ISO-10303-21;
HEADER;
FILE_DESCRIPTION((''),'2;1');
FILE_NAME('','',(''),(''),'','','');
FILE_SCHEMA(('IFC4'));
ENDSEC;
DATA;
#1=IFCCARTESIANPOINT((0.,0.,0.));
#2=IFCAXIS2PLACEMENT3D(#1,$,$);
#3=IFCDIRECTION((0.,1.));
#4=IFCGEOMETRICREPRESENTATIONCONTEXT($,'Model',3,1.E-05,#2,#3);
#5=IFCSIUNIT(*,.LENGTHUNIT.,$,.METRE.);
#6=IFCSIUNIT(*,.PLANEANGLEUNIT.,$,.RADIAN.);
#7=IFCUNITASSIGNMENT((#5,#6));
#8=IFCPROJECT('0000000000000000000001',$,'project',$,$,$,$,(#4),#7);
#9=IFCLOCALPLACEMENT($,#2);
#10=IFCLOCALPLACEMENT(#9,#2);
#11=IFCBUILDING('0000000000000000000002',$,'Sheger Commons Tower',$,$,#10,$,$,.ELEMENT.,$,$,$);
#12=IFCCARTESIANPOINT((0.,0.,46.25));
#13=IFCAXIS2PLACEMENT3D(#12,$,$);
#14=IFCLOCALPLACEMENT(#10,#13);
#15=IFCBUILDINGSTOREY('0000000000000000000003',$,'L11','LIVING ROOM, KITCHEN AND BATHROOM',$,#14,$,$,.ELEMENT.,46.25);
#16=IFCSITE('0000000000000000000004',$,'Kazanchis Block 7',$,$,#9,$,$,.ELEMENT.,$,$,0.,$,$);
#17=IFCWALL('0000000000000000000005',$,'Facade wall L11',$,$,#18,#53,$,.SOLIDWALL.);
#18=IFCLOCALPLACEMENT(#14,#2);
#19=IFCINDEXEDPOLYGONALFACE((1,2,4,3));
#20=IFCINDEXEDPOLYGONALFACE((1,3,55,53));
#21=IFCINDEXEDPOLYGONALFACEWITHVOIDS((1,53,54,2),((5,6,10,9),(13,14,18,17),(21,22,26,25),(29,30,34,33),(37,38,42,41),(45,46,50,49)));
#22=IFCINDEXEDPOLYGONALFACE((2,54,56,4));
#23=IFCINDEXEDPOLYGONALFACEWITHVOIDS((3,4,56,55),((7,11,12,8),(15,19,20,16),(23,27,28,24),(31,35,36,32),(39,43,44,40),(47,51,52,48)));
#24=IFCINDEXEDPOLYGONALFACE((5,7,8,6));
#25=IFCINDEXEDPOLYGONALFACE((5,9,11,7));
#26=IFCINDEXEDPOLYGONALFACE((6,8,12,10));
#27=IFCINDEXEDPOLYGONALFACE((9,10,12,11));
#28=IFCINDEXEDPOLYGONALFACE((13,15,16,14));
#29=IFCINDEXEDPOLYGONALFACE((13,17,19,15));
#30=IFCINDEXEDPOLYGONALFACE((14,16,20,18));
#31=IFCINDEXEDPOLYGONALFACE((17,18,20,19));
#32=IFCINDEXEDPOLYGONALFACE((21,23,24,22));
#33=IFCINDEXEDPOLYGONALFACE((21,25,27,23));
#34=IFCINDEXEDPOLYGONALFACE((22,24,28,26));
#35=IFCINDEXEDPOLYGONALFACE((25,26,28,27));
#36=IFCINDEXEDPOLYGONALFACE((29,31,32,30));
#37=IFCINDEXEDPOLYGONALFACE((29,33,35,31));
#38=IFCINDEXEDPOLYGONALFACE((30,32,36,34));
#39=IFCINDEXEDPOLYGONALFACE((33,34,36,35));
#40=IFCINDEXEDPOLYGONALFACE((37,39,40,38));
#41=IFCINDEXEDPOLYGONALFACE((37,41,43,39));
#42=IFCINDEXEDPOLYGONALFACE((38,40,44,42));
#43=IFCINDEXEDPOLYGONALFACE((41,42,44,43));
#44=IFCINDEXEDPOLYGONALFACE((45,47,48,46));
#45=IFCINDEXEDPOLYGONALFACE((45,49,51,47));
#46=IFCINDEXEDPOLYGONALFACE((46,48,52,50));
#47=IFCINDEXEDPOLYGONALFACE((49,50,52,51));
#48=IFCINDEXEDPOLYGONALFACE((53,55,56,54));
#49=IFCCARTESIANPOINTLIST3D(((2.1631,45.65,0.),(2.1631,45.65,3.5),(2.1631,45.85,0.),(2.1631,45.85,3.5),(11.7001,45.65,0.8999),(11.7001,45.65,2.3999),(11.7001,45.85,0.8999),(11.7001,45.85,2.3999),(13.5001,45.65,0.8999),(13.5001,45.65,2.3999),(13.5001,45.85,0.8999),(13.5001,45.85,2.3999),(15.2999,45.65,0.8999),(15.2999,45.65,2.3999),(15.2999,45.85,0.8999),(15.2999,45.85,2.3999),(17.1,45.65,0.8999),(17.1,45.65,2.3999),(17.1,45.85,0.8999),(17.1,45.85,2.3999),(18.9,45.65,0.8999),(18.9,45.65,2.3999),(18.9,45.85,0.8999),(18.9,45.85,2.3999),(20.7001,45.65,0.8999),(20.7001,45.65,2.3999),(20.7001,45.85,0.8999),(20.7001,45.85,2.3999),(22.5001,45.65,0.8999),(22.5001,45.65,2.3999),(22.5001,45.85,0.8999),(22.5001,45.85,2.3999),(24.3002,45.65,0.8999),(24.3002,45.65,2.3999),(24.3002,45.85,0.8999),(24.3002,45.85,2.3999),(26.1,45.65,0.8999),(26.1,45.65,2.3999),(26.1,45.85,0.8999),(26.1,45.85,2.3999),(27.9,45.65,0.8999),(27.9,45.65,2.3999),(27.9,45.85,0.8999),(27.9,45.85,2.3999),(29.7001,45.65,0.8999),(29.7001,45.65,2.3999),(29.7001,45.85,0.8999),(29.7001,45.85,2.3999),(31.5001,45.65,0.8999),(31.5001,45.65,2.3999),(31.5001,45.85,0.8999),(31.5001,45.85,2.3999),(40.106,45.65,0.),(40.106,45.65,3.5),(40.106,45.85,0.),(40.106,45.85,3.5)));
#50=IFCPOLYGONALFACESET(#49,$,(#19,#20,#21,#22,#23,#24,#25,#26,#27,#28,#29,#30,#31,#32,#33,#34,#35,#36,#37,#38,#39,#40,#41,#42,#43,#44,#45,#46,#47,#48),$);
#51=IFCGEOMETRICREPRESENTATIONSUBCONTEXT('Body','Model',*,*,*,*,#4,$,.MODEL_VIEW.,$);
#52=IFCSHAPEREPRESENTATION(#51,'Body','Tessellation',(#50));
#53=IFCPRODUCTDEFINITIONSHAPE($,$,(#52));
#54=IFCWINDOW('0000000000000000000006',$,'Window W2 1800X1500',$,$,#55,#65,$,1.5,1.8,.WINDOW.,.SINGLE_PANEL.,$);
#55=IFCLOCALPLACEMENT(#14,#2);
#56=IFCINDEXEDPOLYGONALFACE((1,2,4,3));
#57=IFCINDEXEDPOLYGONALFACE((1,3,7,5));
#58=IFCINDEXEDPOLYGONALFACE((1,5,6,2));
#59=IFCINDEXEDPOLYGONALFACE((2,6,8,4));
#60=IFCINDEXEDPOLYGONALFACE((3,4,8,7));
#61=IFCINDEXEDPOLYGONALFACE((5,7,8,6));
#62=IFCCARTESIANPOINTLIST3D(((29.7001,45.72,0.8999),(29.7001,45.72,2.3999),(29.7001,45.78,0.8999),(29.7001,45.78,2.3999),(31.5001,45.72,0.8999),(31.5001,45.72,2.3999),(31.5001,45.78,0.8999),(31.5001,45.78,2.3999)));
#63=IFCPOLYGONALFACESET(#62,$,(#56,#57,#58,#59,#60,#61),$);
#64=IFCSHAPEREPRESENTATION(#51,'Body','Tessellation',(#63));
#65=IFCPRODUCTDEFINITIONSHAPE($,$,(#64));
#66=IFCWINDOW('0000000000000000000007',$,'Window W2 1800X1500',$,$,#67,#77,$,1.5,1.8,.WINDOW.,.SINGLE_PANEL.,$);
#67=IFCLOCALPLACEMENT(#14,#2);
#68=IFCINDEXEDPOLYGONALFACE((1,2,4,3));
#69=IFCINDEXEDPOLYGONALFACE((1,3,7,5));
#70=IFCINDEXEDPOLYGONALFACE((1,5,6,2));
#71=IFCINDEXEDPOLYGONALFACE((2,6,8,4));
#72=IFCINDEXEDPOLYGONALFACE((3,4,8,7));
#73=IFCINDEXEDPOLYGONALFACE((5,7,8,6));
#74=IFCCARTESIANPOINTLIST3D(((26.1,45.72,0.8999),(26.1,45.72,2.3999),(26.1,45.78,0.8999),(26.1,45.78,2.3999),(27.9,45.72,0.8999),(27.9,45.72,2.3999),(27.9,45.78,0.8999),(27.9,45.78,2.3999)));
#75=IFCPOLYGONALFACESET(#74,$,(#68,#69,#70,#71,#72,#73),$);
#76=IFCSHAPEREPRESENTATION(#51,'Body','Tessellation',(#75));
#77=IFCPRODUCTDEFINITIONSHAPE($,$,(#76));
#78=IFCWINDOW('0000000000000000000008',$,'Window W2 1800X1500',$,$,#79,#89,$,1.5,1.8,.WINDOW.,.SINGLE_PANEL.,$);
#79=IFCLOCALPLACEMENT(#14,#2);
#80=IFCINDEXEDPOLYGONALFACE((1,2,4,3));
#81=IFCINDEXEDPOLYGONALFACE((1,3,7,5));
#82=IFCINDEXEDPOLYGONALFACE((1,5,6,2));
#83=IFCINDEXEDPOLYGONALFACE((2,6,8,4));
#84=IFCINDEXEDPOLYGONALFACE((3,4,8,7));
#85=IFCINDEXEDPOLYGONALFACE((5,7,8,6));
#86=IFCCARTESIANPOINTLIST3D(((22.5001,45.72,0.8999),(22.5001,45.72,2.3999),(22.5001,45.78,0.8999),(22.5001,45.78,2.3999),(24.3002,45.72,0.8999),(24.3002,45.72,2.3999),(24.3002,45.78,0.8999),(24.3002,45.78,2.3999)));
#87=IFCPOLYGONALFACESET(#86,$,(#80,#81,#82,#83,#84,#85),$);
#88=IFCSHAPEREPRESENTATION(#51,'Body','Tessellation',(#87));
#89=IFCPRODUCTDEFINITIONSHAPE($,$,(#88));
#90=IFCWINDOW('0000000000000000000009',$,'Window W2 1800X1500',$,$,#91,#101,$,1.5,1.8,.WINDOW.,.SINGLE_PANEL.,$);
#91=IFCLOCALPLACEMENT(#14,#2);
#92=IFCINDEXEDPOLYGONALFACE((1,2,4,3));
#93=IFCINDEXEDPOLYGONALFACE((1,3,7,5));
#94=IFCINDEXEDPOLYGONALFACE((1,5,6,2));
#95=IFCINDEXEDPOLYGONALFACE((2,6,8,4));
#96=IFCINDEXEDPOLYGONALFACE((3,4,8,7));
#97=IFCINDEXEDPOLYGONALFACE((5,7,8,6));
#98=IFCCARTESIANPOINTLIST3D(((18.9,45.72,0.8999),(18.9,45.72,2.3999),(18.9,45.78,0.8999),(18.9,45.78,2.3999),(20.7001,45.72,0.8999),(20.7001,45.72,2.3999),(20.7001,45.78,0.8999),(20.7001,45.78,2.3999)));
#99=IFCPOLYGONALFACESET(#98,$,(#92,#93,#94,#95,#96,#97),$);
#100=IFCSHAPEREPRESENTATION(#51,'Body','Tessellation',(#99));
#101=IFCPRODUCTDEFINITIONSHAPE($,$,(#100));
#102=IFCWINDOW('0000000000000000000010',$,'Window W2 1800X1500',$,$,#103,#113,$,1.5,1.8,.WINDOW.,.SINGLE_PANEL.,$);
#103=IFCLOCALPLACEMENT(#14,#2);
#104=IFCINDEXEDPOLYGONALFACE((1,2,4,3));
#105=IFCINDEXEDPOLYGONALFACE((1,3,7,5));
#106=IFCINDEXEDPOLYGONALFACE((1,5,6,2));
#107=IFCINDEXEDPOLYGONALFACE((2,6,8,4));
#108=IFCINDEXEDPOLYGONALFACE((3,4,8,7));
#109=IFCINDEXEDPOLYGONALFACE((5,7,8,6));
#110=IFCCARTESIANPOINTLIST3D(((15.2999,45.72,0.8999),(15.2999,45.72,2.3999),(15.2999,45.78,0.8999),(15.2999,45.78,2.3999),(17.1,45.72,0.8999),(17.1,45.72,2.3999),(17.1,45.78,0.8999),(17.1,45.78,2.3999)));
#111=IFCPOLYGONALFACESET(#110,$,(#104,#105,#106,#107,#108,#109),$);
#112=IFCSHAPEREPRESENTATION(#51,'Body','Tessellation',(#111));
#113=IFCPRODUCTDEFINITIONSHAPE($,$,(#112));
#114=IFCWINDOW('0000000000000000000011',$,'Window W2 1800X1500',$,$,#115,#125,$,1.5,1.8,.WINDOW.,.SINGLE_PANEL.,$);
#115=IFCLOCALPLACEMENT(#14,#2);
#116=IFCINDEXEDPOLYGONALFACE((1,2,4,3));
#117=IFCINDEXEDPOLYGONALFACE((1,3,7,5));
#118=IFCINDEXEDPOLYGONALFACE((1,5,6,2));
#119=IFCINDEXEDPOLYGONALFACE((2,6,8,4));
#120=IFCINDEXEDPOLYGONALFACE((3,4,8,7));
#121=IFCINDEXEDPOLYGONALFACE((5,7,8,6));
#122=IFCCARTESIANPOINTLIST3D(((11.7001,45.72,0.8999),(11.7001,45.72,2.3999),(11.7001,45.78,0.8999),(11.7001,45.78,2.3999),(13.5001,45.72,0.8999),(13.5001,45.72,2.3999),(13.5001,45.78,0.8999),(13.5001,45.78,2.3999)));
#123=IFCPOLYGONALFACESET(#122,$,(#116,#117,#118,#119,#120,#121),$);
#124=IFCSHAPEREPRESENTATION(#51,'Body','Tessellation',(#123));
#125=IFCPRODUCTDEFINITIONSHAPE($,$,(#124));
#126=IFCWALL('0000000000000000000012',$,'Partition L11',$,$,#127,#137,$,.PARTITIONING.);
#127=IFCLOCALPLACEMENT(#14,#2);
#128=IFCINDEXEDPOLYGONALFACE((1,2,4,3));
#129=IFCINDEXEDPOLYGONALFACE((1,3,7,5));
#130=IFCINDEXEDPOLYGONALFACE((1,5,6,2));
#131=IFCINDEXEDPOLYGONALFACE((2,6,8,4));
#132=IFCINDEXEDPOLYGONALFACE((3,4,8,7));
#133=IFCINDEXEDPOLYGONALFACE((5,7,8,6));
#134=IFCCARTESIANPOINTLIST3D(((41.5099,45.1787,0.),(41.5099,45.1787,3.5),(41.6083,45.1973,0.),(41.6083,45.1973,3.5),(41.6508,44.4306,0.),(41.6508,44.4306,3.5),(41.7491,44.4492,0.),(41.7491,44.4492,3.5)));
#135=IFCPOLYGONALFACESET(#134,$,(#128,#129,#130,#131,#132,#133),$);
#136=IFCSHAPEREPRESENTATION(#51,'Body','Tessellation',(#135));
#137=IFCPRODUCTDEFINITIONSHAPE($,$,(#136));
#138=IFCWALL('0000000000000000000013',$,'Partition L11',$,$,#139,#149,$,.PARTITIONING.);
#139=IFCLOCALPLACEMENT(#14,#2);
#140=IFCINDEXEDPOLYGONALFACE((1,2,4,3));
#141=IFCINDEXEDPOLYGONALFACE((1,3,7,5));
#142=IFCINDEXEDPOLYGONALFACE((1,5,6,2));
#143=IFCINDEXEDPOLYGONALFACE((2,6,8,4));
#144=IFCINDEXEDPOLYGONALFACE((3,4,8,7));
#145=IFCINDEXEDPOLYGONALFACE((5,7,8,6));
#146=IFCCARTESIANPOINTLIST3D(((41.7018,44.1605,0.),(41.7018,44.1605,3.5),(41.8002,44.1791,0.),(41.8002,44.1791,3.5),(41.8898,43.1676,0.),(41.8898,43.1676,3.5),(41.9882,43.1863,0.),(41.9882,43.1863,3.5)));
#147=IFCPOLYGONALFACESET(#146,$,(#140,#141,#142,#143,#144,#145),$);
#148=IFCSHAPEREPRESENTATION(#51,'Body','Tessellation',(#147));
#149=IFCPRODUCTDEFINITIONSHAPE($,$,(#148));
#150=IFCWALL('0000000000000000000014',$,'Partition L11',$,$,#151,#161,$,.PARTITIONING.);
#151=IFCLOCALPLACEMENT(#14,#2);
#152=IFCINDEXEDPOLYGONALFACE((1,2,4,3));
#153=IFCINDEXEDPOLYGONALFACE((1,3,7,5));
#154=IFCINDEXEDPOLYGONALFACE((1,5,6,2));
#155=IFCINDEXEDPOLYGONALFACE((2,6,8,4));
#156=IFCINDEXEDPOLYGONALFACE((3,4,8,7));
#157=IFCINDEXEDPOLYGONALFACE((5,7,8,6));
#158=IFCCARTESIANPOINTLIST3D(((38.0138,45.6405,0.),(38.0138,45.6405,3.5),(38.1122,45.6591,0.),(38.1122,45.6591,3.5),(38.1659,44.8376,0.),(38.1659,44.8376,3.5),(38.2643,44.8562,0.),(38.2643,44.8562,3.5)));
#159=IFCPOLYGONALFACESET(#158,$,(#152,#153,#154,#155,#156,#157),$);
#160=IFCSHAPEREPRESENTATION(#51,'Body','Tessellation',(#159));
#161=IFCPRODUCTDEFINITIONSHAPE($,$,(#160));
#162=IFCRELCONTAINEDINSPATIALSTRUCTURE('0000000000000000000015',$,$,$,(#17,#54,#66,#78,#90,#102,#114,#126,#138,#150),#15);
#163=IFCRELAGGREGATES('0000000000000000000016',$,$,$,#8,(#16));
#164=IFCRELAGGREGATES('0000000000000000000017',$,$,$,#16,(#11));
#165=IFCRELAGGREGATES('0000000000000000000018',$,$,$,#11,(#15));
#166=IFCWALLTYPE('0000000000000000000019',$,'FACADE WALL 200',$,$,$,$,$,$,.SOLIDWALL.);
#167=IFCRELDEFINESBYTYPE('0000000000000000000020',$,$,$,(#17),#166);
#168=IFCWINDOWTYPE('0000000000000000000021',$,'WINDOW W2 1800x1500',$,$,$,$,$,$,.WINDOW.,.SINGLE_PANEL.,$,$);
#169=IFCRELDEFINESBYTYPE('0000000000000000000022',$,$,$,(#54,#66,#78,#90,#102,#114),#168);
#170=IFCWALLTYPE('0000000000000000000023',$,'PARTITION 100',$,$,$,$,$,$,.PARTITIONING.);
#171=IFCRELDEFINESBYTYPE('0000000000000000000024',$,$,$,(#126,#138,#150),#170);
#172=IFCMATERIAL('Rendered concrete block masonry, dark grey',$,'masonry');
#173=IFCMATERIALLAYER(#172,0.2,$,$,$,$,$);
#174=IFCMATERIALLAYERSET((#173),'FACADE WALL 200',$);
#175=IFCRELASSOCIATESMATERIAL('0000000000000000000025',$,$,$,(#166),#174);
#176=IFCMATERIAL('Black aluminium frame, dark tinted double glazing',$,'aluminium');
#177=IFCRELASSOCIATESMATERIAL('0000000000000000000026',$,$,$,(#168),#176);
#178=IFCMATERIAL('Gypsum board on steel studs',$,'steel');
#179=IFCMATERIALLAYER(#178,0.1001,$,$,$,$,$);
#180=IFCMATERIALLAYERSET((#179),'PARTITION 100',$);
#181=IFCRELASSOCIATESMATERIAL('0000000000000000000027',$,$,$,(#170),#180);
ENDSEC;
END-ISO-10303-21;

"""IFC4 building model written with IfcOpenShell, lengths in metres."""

from ifc_helpers import new_model, si_unit, direction, frame, frame_2d, origin, place, context, subcontext, project, spatial, rectangle, extrude, material, layer, layer_set, type_object, element, fill, save


model = new_model("IFC4")

# Units and contexts
model_context = context("Model", 3, precision=1e-05, world=origin(), true_north=direction((0.0, 1.0)))
body_context = subcontext(model_context, "Body", "Model", "MODEL_VIEW")
ifc_project = project(units=[si_unit("LENGTHUNIT", "METRE"), si_unit("PLANEANGLEUNIT", "RADIAN")], contexts=[model_context])

# Site, building, storey
site_placement = place(None, origin())
site = spatial("IfcSite", under=ifc_project, at=site_placement, Name="Kazanchis Block 7", CompositionType="ELEMENT", RefElevation=0.0)
building_placement = place(site_placement, origin())
building = spatial("IfcBuilding", under=site, at=building_placement, Name="Sheger Commons Tower", CompositionType="ELEMENT")
storey_placement = place(building_placement, frame((0.0, 0.0, 46.25)))
storey = spatial("IfcBuildingStorey", under=building, at=storey_placement, Name="L11", Description="LIVING ROOM, KITCHEN AND BATHROOM", CompositionType="ELEMENT", Elevation=46.25)

# Shared definitions
ifc_material_1 = material(Name="Rendered concrete block masonry, dark grey", Category="masonry")
ifc_layer_1 = layer(ifc_material_1, 0.2)
ifc_layer_set_1 = layer_set([ifc_layer_1], Name="FACADE WALL 200")
wall_type_1 = type_object("IfcWallType", Name="FACADE WALL 200", PredefinedType="SOLIDWALL", material=ifc_layer_set_1)

# Wall, openings, windows
wall_1_placement = place(storey_placement, frame((40.106, 45.75, 0.0), z_axis=(0.0, 0.0, 1.0), x_axis=(-1.0, 0.0, 0.0)))
wall_1 = element("IfcWall", 1, at=wall_1_placement, inside=storey, type_object=wall_type_1, Name="Facade wall L11", PredefinedType="SOLIDWALL", context=body_context, shape_type="SweptSolid", body=[
    extrude(rectangle(XDim=37.9429, YDim=0.2, at=frame_2d((18.9714, 0.0))), origin(), (0.0, 0.0, 1.0), 3.5),
])
opening_1_placement = place(wall_1_placement, frame((8.606, 0.0, 0.8999)))
opening_1 = element("IfcOpeningElement", 2, at=opening_1_placement, cuts=wall_1, PredefinedType="OPENING", context=body_context, shape_type="SweptSolid", body=[
    extrude(rectangle(XDim=1.8, YDim=1.5, at=frame_2d((0.8999, 0.75))), frame((0.0, 0.1099, 0.0), z_axis=(0.0, -1.0, 0.0), x_axis=(1.0, 0.0, 0.0)), (0.0, 0.0, 1.0), 0.22),
])
opening_2_placement = place(wall_1_placement, frame((12.2061, 0.0, 0.8999)))
opening_2 = element("IfcOpeningElement", 3, at=opening_2_placement, cuts=wall_1, PredefinedType="OPENING", context=body_context, shape_type="SweptSolid", body=[
    extrude(rectangle(XDim=1.8, YDim=1.5, at=frame_2d((0.8999, 0.75))), frame((0.0, 0.1099, 0.0), z_axis=(0.0, -1.0, 0.0), x_axis=(1.0, 0.0, 0.0)), (0.0, 0.0, 1.0), 0.22),
])
opening_3_placement = place(wall_1_placement, frame((15.8059, 0.0, 0.8999)))
opening_3 = element("IfcOpeningElement", 4, at=opening_3_placement, cuts=wall_1, PredefinedType="OPENING", context=body_context, shape_type="SweptSolid", body=[
    extrude(rectangle(XDim=1.8, YDim=1.5, at=frame_2d((0.8999, 0.75))), frame((0.0, 0.1099, 0.0), z_axis=(0.0, -1.0, 0.0), x_axis=(1.0, 0.0, 0.0)), (0.0, 0.0, 1.0), 0.22),
])
opening_4_placement = place(wall_1_placement, frame((19.406, 0.0, 0.8999)))
opening_4 = element("IfcOpeningElement", 5, at=opening_4_placement, cuts=wall_1, PredefinedType="OPENING", context=body_context, shape_type="SweptSolid", body=[
    extrude(rectangle(XDim=1.8, YDim=1.5, at=frame_2d((0.8999, 0.75))), frame((0.0, 0.1099, 0.0), z_axis=(0.0, -1.0, 0.0), x_axis=(1.0, 0.0, 0.0)), (0.0, 0.0, 1.0), 0.22),
])
opening_5_placement = place(wall_1_placement, frame((23.0061, 0.0, 0.8999)))
opening_5 = element("IfcOpeningElement", 6, at=opening_5_placement, cuts=wall_1, PredefinedType="OPENING", context=body_context, shape_type="SweptSolid", body=[
    extrude(rectangle(XDim=1.8, YDim=1.5, at=frame_2d((0.8999, 0.75))), frame((0.0, 0.1099, 0.0), z_axis=(0.0, -1.0, 0.0), x_axis=(1.0, 0.0, 0.0)), (0.0, 0.0, 1.0), 0.22),
])
opening_6_placement = place(wall_1_placement, frame((26.606, 0.0, 0.8999)))
opening_6 = element("IfcOpeningElement", 7, at=opening_6_placement, cuts=wall_1, PredefinedType="OPENING", context=body_context, shape_type="SweptSolid", body=[
    extrude(rectangle(XDim=1.8, YDim=1.5, at=frame_2d((0.8999, 0.75))), frame((0.0, 0.1099, 0.0), z_axis=(0.0, -1.0, 0.0), x_axis=(1.0, 0.0, 0.0)), (0.0, 0.0, 1.0), 0.22),
])
ifc_material_2 = material(Name="Black aluminium frame, dark tinted double glazing", Category="aluminium")
window_type = type_object("IfcWindowType", Name="WINDOW W2 1800x1500", PartitioningType="SINGLE_PANEL", PredefinedType="WINDOW", material=ifc_material_2)
window_1_placement = place(opening_1_placement, origin())
window_1 = element("IfcWindow", 8, at=window_1_placement, inside=storey, type_object=window_type, Name="Window W2 1800X1500", OverallHeight=1.5, OverallWidth=1.8, PartitioningType="SINGLE_PANEL", PredefinedType="WINDOW", context=body_context, shape_type="SweptSolid", body=[
    extrude(rectangle(XDim=1.8, YDim=1.5, at=frame_2d((0.8999, 0.75))), frame((0.0, 0.03, 0.0), z_axis=(0.0, -1.0, 0.0), x_axis=(1.0, 0.0, 0.0)), (0.0, 0.0, 1.0), 0.0601),
])
fill(opening_1, window_1)
window_2_placement = place(opening_2_placement, origin())
window_2 = element("IfcWindow", 9, at=window_2_placement, inside=storey, type_object=window_type, Name="Window W2 1800X1500", OverallHeight=1.5, OverallWidth=1.8, PartitioningType="SINGLE_PANEL", PredefinedType="WINDOW", context=body_context, shape_type="SweptSolid", body=[
    extrude(rectangle(XDim=1.8, YDim=1.5, at=frame_2d((0.8999, 0.75))), frame((0.0, 0.03, 0.0), z_axis=(0.0, -1.0, 0.0), x_axis=(1.0, 0.0, 0.0)), (0.0, 0.0, 1.0), 0.0601),
])
fill(opening_2, window_2)
window_3_placement = place(opening_3_placement, origin())
window_3 = element("IfcWindow", 10, at=window_3_placement, inside=storey, type_object=window_type, Name="Window W2 1800X1500", OverallHeight=1.5, OverallWidth=1.8, PartitioningType="SINGLE_PANEL", PredefinedType="WINDOW", context=body_context, shape_type="SweptSolid", body=[
    extrude(rectangle(XDim=1.8, YDim=1.5, at=frame_2d((0.8999, 0.75))), frame((0.0, 0.03, 0.0), z_axis=(0.0, -1.0, 0.0), x_axis=(1.0, 0.0, 0.0)), (0.0, 0.0, 1.0), 0.0601),
])
fill(opening_3, window_3)
window_4_placement = place(opening_4_placement, origin())
window_4 = element("IfcWindow", 11, at=window_4_placement, inside=storey, type_object=window_type, Name="Window W2 1800X1500", OverallHeight=1.5, OverallWidth=1.8, PartitioningType="SINGLE_PANEL", PredefinedType="WINDOW", context=body_context, shape_type="SweptSolid", body=[
    extrude(rectangle(XDim=1.8, YDim=1.5, at=frame_2d((0.8999, 0.75))), frame((0.0, 0.03, 0.0), z_axis=(0.0, -1.0, 0.0), x_axis=(1.0, 0.0, 0.0)), (0.0, 0.0, 1.0), 0.0601),
])
fill(opening_4, window_4)
window_5_placement = place(opening_5_placement, origin())
window_5 = element("IfcWindow", 12, at=window_5_placement, inside=storey, type_object=window_type, Name="Window W2 1800X1500", OverallHeight=1.5, OverallWidth=1.8, PartitioningType="SINGLE_PANEL", PredefinedType="WINDOW", context=body_context, shape_type="SweptSolid", body=[
    extrude(rectangle(XDim=1.8, YDim=1.5, at=frame_2d((0.8999, 0.75))), frame((0.0, 0.03, 0.0), z_axis=(0.0, -1.0, 0.0), x_axis=(1.0, 0.0, 0.0)), (0.0, 0.0, 1.0), 0.0601),
])
fill(opening_5, window_5)
window_6_placement = place(opening_6_placement, origin())
window_6 = element("IfcWindow", 13, at=window_6_placement, inside=storey, type_object=window_type, Name="Window W2 1800X1500", OverallHeight=1.5, OverallWidth=1.8, PartitioningType="SINGLE_PANEL", PredefinedType="WINDOW", context=body_context, shape_type="SweptSolid", body=[
    extrude(rectangle(XDim=1.8, YDim=1.5, at=frame_2d((0.8999, 0.75))), frame((0.0, 0.03, 0.0), z_axis=(0.0, -1.0, 0.0), x_axis=(1.0, 0.0, 0.0)), (0.0, 0.0, 1.0), 0.0601),
])
fill(opening_6, window_6)

# Walls
ifc_material_3 = material(Name="Gypsum board on steel studs", Category="steel")
ifc_layer_2 = layer(ifc_material_3, 0.1001)
ifc_layer_set_2 = layer_set([ifc_layer_2], Name="PARTITION 100")
wall_type_2 = type_object("IfcWallType", Name="PARTITION 100", PredefinedType="PARTITIONING", material=ifc_layer_set_2)
wall_2_placement = place(storey_placement, frame((41.5591, 45.188, 0.0), z_axis=(0.0, 0.0, 1.0), x_axis=(0.185063, -0.982727, 0.0)))
element("IfcWall", 14, at=wall_2_placement, inside=storey, type_object=wall_type_2, Name="Partition L11", PredefinedType="PARTITIONING", context=body_context, shape_type="SweptSolid", body=[
    extrude(rectangle(XDim=0.7612, YDim=0.1001, at=frame_2d((0.3806, 0.0))), origin(), (0.0, 0.0, 1.0), 3.5),
])
wall_3_placement = place(storey_placement, frame((41.751, 44.1699, 0.0), z_axis=(0.0, 0.0, 1.0), x_axis=(0.186024, -0.982545, 0.0)))
element("IfcWall", 15, at=wall_3_placement, inside=storey, type_object=wall_type_2, Name="Partition L11", PredefinedType="PARTITIONING", context=body_context, shape_type="SweptSolid", body=[
    extrude(rectangle(XDim=1.0105, YDim=0.1001, at=frame_2d((0.5054, 0.0))), origin(), (0.0, 0.0, 1.0), 3.5),
])
wall_4_placement = place(storey_placement, frame((38.063, 45.6499, 0.0), z_axis=(0.0, 0.0, 1.0), x_axis=(0.18611, -0.982529, 0.0)))
element("IfcWall", 16, at=wall_4_placement, inside=storey, type_object=wall_type_2, Name="Partition L11", PredefinedType="PARTITIONING", context=body_context, shape_type="SweptSolid", body=[
    extrude(rectangle(XDim=0.8171, YDim=0.1001, at=frame_2d((0.4087, 0.0))), origin(), (0.0, 0.0, 1.0), 3.5),
])

save(model, "model.ifc")
